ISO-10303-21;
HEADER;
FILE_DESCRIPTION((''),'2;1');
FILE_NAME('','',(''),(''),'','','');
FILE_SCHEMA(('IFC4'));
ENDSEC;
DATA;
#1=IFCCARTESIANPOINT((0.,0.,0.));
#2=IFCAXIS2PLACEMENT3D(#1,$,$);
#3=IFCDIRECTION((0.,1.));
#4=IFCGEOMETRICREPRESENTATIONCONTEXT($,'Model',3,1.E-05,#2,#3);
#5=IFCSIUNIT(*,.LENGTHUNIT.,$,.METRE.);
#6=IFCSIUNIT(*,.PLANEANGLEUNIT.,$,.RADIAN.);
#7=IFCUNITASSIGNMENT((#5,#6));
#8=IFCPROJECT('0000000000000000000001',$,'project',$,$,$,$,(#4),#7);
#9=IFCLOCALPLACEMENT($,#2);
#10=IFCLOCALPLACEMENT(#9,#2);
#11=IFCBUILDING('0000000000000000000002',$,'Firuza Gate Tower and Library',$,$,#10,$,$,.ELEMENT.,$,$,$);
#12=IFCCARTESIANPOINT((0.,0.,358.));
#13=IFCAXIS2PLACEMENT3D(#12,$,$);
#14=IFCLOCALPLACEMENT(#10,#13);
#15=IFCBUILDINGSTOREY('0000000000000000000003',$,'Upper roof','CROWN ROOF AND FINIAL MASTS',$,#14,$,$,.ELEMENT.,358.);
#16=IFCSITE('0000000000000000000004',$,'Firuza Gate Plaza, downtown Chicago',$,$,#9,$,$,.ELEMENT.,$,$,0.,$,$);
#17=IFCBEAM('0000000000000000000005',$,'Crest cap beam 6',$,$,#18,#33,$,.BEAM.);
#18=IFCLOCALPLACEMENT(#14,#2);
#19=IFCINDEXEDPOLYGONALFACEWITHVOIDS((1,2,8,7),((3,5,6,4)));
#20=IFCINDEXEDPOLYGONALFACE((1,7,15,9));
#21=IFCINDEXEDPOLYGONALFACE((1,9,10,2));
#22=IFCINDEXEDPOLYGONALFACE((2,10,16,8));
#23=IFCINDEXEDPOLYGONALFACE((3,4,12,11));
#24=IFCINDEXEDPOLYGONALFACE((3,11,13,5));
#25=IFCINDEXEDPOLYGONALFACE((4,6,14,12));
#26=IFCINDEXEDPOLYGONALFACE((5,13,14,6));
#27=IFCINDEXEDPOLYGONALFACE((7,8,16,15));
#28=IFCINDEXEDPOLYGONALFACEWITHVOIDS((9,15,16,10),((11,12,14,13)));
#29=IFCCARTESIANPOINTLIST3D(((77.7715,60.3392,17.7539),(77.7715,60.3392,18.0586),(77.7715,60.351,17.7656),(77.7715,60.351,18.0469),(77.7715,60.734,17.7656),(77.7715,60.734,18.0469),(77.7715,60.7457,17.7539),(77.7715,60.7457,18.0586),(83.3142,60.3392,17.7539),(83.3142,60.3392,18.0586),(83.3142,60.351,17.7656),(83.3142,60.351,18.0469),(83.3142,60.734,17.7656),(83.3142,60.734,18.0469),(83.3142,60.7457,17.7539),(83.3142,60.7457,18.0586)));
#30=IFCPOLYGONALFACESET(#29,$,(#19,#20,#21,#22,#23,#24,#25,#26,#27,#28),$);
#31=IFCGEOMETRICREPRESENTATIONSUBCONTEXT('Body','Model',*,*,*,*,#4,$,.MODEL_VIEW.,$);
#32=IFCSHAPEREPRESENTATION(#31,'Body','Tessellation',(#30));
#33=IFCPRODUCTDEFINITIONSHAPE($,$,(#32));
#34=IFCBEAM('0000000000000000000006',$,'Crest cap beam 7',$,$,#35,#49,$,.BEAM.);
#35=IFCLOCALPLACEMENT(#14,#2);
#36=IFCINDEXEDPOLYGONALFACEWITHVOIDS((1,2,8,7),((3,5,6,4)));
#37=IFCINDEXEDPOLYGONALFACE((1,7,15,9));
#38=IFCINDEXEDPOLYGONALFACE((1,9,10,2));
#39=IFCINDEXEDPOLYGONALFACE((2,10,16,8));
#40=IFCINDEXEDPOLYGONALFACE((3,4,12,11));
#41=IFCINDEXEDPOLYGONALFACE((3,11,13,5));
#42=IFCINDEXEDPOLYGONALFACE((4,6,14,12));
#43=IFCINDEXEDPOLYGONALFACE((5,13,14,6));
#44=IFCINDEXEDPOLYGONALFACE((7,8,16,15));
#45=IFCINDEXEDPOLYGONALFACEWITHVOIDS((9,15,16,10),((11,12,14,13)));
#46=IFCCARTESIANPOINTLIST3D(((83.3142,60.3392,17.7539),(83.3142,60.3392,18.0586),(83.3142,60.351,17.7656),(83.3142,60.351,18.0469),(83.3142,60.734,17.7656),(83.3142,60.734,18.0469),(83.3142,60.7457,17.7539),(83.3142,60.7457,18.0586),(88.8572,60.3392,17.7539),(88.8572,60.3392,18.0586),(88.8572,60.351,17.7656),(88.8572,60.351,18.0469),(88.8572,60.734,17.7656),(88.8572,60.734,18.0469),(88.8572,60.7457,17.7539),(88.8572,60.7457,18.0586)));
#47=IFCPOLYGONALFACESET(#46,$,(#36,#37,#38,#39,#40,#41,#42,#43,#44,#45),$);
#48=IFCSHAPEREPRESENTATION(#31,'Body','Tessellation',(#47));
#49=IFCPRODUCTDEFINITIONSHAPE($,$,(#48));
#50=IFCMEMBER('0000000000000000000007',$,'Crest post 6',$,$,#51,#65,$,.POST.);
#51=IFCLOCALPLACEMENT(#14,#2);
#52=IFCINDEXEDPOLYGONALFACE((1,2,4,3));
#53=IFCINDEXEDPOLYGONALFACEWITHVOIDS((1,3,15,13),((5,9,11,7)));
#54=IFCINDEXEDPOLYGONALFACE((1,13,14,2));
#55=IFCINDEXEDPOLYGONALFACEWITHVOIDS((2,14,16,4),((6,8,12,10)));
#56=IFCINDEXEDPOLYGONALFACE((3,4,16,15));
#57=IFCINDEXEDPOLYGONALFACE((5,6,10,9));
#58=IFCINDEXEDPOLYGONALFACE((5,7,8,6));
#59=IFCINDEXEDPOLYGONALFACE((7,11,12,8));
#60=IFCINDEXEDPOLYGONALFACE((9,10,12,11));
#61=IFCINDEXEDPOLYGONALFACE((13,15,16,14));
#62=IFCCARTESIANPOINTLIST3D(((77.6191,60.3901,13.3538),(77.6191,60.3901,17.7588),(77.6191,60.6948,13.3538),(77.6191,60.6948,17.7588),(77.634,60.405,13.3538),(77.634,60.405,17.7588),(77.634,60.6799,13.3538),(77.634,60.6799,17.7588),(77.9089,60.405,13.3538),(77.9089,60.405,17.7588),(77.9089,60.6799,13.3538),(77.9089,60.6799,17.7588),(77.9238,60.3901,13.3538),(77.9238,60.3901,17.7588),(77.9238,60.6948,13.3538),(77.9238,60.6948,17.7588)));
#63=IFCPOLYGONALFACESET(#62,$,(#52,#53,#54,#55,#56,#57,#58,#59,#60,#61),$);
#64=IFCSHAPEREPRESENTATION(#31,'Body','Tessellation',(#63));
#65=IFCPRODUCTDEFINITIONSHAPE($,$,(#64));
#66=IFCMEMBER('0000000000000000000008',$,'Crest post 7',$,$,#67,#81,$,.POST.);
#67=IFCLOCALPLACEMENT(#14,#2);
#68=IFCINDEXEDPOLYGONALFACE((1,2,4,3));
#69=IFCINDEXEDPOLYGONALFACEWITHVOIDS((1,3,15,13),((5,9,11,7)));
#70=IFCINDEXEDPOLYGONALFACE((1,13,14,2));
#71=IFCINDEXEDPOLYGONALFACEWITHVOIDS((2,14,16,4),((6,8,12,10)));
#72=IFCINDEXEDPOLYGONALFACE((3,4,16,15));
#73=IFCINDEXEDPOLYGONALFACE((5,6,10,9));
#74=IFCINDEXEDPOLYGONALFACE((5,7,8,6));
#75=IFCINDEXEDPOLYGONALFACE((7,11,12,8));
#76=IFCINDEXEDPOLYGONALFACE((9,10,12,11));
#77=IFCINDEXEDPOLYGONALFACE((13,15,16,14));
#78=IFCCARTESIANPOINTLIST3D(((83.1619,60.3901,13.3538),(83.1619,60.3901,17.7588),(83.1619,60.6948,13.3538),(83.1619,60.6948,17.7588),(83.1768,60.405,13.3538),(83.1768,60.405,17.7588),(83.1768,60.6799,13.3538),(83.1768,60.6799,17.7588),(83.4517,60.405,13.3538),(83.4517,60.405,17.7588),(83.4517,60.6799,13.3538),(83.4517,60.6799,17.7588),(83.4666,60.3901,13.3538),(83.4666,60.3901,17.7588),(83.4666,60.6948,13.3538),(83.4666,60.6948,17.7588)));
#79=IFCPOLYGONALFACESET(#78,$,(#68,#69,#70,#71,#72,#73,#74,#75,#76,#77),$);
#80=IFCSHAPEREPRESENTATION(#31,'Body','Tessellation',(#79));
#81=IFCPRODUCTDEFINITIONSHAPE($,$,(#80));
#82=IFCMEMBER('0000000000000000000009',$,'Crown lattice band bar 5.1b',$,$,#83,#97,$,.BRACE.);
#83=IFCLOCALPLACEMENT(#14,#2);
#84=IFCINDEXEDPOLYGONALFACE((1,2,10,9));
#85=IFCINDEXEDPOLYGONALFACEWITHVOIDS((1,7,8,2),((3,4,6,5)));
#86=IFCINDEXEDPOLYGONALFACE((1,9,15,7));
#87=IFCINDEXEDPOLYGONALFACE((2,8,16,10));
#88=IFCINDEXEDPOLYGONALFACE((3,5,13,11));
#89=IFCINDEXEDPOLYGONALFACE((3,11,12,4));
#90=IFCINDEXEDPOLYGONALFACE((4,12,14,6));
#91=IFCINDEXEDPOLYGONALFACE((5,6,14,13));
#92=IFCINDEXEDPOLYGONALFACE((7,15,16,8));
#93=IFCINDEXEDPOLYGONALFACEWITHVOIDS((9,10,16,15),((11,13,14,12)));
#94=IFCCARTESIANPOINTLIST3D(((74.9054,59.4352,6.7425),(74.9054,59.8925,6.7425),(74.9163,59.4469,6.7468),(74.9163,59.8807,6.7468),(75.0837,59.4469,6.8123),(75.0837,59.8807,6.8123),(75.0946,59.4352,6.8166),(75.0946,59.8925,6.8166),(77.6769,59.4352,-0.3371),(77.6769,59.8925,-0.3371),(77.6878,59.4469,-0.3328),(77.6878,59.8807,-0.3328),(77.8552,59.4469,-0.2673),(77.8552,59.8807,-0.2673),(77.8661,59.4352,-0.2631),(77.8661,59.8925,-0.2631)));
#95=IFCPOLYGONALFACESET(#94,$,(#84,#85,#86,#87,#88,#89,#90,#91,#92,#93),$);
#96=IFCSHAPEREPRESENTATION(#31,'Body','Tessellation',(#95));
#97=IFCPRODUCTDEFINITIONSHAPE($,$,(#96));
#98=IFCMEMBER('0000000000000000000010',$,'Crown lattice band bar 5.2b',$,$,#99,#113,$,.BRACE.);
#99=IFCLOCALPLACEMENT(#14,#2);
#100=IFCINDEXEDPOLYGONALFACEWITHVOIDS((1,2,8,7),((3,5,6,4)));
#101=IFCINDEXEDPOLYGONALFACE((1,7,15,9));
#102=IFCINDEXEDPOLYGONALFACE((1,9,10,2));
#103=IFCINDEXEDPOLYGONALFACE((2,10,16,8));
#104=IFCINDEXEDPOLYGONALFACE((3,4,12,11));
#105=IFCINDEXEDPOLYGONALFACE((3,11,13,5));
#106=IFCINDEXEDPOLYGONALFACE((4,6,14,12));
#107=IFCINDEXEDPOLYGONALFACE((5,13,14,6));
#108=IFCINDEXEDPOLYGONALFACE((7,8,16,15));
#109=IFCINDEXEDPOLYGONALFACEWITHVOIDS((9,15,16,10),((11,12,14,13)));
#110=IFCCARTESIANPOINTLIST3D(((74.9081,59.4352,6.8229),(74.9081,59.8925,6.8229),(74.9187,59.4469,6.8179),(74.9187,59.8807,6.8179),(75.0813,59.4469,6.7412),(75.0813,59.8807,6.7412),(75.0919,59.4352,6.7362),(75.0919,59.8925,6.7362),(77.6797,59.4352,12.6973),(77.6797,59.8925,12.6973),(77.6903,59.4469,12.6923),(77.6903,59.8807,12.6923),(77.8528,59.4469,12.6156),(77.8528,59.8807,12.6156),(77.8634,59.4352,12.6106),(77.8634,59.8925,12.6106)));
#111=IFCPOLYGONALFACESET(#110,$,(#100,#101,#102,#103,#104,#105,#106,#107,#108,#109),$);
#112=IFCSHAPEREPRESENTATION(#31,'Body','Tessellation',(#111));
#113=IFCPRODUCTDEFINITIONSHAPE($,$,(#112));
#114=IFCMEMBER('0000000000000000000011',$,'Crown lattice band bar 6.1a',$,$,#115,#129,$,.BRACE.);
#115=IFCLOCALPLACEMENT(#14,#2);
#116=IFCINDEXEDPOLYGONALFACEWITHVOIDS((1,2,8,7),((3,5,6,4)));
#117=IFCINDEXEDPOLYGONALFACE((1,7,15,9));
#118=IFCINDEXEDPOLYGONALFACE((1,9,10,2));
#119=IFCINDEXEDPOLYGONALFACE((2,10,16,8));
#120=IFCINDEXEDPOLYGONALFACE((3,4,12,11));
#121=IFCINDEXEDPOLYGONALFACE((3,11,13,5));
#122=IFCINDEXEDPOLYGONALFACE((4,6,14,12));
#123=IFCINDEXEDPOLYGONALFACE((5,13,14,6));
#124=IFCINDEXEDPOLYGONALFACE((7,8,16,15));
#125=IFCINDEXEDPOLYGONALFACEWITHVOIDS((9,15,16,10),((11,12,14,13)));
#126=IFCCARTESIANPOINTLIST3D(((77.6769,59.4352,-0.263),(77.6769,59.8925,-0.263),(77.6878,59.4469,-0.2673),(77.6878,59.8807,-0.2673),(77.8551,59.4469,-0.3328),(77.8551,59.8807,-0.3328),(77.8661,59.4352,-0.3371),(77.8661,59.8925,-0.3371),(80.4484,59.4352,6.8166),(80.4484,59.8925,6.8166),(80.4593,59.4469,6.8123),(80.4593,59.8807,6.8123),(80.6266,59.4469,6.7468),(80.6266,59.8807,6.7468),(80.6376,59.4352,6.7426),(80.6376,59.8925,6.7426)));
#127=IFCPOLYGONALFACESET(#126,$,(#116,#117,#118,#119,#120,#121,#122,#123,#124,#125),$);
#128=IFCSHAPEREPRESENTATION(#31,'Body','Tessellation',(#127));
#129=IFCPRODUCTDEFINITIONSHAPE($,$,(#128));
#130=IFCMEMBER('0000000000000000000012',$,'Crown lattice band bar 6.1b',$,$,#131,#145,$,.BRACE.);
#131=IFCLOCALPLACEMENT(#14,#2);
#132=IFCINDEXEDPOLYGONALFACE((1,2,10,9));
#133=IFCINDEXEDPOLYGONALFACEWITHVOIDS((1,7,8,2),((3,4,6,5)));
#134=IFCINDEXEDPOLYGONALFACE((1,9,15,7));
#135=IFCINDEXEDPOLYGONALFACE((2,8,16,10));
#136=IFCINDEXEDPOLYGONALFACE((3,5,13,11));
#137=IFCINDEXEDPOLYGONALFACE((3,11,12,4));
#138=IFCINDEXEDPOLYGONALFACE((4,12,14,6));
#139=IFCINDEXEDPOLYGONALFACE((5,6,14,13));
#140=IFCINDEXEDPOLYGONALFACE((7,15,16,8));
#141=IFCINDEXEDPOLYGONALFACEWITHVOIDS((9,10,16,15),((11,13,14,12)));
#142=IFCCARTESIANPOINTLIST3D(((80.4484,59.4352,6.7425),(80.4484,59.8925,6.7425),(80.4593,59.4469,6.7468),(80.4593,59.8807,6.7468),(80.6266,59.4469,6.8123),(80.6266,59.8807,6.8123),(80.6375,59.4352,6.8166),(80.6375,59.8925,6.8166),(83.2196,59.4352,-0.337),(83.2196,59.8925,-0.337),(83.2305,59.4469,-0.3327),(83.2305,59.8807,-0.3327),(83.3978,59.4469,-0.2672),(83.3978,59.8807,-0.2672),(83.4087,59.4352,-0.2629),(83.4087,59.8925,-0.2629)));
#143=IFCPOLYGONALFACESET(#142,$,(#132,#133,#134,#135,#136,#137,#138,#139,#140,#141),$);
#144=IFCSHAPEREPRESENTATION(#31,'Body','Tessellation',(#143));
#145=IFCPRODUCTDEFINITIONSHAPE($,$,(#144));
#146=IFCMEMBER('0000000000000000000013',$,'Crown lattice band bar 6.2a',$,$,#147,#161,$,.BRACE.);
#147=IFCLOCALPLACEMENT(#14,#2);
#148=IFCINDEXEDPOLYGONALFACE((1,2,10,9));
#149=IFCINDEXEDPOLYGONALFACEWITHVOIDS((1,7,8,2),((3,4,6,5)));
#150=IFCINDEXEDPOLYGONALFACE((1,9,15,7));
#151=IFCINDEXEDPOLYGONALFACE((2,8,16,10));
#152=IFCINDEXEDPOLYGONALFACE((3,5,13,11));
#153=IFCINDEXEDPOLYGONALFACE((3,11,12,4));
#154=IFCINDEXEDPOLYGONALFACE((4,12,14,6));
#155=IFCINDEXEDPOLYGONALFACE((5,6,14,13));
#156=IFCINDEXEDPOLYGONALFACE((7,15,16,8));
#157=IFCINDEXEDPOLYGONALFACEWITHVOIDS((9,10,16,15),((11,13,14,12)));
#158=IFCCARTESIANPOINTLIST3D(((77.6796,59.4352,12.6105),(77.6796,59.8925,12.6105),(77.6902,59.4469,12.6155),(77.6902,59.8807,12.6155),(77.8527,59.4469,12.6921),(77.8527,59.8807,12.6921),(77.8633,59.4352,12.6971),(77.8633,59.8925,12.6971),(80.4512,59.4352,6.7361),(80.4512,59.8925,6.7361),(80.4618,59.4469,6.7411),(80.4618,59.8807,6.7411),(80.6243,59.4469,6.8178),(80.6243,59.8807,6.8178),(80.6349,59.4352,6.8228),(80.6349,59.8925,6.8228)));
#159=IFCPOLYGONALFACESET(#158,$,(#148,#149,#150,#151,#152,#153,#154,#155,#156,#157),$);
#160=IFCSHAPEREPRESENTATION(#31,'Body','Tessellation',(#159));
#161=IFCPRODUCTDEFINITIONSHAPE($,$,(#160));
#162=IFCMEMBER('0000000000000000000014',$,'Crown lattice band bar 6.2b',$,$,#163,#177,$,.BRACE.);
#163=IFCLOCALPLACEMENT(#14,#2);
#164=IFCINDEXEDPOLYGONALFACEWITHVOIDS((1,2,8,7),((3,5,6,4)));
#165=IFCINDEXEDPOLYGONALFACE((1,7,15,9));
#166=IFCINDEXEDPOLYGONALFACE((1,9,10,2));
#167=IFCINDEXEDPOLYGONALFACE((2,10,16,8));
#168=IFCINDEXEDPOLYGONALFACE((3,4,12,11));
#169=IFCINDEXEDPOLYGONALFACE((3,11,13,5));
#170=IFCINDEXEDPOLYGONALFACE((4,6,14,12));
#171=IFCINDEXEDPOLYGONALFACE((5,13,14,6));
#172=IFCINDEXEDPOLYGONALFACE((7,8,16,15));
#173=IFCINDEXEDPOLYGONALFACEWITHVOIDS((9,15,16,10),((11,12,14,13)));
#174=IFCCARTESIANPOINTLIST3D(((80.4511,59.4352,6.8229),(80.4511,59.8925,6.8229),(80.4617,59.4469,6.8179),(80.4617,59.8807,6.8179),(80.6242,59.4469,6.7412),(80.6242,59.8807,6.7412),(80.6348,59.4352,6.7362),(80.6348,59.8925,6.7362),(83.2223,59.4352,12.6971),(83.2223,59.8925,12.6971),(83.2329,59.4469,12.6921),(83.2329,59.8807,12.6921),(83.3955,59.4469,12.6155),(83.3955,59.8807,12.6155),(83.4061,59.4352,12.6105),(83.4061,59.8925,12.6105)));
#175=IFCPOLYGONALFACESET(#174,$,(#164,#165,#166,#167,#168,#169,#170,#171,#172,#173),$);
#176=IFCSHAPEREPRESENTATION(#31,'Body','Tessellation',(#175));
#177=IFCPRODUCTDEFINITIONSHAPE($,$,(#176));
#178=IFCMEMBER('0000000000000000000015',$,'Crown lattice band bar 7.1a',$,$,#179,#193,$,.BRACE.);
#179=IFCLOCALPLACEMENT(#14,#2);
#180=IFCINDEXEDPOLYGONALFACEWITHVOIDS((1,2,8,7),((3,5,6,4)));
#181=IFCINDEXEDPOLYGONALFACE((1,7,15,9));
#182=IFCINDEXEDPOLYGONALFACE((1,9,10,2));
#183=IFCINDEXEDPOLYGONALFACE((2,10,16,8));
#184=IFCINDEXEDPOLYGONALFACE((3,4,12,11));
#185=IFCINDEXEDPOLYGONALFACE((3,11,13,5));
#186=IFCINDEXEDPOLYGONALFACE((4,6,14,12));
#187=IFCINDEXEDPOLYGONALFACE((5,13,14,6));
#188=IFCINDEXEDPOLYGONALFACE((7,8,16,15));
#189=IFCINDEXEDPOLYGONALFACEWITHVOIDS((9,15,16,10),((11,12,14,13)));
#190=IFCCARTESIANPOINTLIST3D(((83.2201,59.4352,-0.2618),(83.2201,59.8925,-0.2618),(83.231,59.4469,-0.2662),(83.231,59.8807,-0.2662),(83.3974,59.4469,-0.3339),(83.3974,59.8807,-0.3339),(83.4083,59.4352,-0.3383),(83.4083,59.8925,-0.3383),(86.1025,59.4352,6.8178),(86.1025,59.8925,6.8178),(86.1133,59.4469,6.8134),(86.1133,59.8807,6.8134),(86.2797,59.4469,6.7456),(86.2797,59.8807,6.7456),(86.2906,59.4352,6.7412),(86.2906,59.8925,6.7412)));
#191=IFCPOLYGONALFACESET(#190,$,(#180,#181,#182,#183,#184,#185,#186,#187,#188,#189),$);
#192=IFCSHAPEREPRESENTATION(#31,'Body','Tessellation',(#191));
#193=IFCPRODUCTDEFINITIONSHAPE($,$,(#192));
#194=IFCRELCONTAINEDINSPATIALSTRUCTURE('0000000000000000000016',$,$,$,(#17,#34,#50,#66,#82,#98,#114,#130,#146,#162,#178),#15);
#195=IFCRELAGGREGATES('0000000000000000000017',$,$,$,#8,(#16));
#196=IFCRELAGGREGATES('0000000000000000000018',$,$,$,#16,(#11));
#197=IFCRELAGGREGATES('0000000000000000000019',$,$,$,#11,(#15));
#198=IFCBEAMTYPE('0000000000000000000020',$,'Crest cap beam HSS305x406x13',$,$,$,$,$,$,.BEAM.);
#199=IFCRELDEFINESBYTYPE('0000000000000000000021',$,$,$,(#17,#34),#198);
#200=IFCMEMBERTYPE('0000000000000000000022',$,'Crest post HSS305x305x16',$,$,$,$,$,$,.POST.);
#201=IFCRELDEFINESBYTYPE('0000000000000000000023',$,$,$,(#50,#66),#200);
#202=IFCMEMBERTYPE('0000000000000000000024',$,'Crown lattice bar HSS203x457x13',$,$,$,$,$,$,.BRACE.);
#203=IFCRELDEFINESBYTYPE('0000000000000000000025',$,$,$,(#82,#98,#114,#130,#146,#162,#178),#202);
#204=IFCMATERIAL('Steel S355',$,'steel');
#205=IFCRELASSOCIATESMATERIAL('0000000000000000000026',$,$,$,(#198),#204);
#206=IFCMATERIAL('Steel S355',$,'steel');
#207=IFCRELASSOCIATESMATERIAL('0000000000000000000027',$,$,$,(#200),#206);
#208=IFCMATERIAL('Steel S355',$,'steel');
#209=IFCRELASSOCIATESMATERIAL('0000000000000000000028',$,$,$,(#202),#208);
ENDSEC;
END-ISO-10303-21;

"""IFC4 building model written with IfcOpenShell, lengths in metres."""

from ifc_helpers import new_model, si_unit, direction, frame, origin, origin_2d, place, context, subcontext, project, spatial, hollow_rectangle, extrude, material, material_profile, profile_set, type_object, element, save


model = new_model("IFC4")

# Units and contexts
model_context = context("Model", 3, precision=1e-05, world=origin(), true_north=direction((0.0, 1.0)))
body_context = subcontext(model_context, "Body", "Model", "MODEL_VIEW")
ifc_project = project(units=[si_unit("LENGTHUNIT", "METRE"), si_unit("PLANEANGLEUNIT", "RADIAN")], contexts=[model_context])

# Site, building, storey
site_placement = place(None, origin())
site = spatial("IfcSite", under=ifc_project, at=site_placement, Name="Firuza Gate Plaza, downtown Chicago", CompositionType="ELEMENT", RefElevation=0.0)
building_placement = place(site_placement, origin())
building = spatial("IfcBuilding", under=site, at=building_placement, Name="Firuza Gate Tower and Library", CompositionType="ELEMENT")
storey_placement = place(building_placement, frame((0.0, 0.0, 358.0)))
storey = spatial("IfcBuildingStorey", under=building, at=storey_placement, Name="Upper roof", Description="CROWN ROOF AND FINIAL MASTS", CompositionType="ELEMENT", Elevation=358.0)

# Beams
ifc_material_1 = material(Name="Steel S355", Category="steel")
ifc_material_profile_1 = material_profile(ifc_material_1, hollow_rectangle(XDim=0.4065, YDim=0.3047, WallThickness=0.0117, at=origin_2d()))
ifc_profile_set_1 = profile_set([ifc_material_profile_1], Name="Steel S355")
beam_type_1 = type_object("IfcBeamType", Name="Crest cap beam HSS305x406x13", PredefinedType="BEAM", material=ifc_profile_set_1)
beam_1_placement = place(storey_placement, frame((77.7715, 60.5425, 17.9062), z_axis=(1.0, 0.0, 0.0), x_axis=(0.0, 1.0, 0.0)))
element("IfcBeam", 1, at=beam_1_placement, inside=storey, type_object=beam_type_1, Name="Crest cap beam 6", PredefinedType="BEAM", context=body_context, shape_type="SweptSolid", body=[
    extrude(hollow_rectangle(XDim=0.4065, YDim=0.3047, WallThickness=0.0117, at=origin_2d()), origin(), (0.0, 0.0, 1.0), 5.5427),
])
beam_2_placement = place(storey_placement, frame((83.3142, 60.5425, 17.9062), z_axis=(1.0, 0.0, 0.0), x_axis=(0.0, 1.0, 0.0)))
element("IfcBeam", 2, at=beam_2_placement, inside=storey, type_object=beam_type_1, Name="Crest cap beam 7", PredefinedType="BEAM", context=body_context, shape_type="SweptSolid", body=[
    extrude(hollow_rectangle(XDim=0.4065, YDim=0.3047, WallThickness=0.0117, at=origin_2d()), origin(), (0.0, 0.0, 1.0), 5.543),
])

# Members
ifc_material_2 = material(Name="Steel S355", Category="steel")
ifc_material_profile_2 = material_profile(ifc_material_2, hollow_rectangle(XDim=0.3047, YDim=0.3047, WallThickness=0.0149, at=origin_2d()))
ifc_profile_set_2 = profile_set([ifc_material_profile_2], Name="Steel S355")
member_type_1 = type_object("IfcMemberType", Name="Crest post HSS305x305x16", PredefinedType="POST", material=ifc_profile_set_2)
for number, where, z_axis, x_axis, name in (
    (3, (77.7715, 60.5425, 13.3538), (0.0, 0.0, 1.0), (1.0, 0.0, 0.0), "Crest post 6"),
    (4, (83.3142, 60.5425, 13.3538), (0.0, 0.0, 1.0), (1.0, 0.0, 0.0), "Crest post 7"),
):
    element("IfcMember", number, at=place(storey_placement, frame(where, z_axis=z_axis, x_axis=x_axis)), inside=storey, type_object=member_type_1, Name=name, PredefinedType="POST", context=body_context, shape_type="SweptSolid", body=[
        extrude(hollow_rectangle(XDim=0.3047, YDim=0.3047, WallThickness=0.0149, at=origin_2d()), origin(), (0.0, 0.0, 1.0), 4.405),
    ])
ifc_material_3 = material(Name="Steel S355", Category="steel")
ifc_material_profile_3 = material_profile(ifc_material_3, hollow_rectangle(XDim=0.4573, YDim=0.2031, WallThickness=0.0117, at=origin_2d()))
ifc_profile_set_3 = profile_set([ifc_material_profile_3], Name="Steel S355")
member_type_2 = type_object("IfcMemberType", Name="Crown lattice bar HSS203x457x13", PredefinedType="BRACE", material=ifc_profile_set_3)
member_1_placement = place(storey_placement, frame((75.0, 59.6638, 6.7795), z_axis=(0.364537, 0.0, -0.931189), x_axis=(0.0, 1.0, 0.0)))
element("IfcMember", 5, at=member_1_placement, inside=storey, type_object=member_type_2, Name="Crown lattice band bar 5.1b", PredefinedType="BRACE", context=body_context, shape_type="SweptSolid", body=[
    extrude(hollow_rectangle(XDim=0.4573, YDim=0.2031, WallThickness=0.0117, at=origin_2d()), origin(), (0.0, 0.0, 1.0), 7.6028),
])
member_2_placement = place(storey_placement, frame((75.0, 59.6638, 6.7795), z_axis=(0.426695, 0.0, 0.904396), x_axis=(0.0, 1.0, 0.0)))
element("IfcMember", 6, at=member_2_placement, inside=storey, type_object=member_type_2, Name="Crown lattice band bar 5.2b", PredefinedType="BRACE", context=body_context, shape_type="SweptSolid", body=[
    extrude(hollow_rectangle(XDim=0.4573, YDim=0.2031, WallThickness=0.0117, at=origin_2d()), origin(), (0.0, 0.0, 1.0), 6.4954),
])
member_3_placement = place(storey_placement, frame((77.7715, 59.6638, -0.3), z_axis=(0.364537, 0.0, 0.931189), x_axis=(0.0, 1.0, 0.0)))
element("IfcMember", 7, at=member_3_placement, inside=storey, type_object=member_type_2, Name="Crown lattice band bar 6.1a", PredefinedType="BRACE", context=body_context, shape_type="SweptSolid", body=[
    extrude(hollow_rectangle(XDim=0.4573, YDim=0.2031, WallThickness=0.0117, at=origin_2d()), origin(), (0.0, 0.0, 1.0), 7.6028),
])
member_4_placement = place(storey_placement, frame((80.543, 59.6638, 6.7795), z_axis=(0.36451, 0.0, -0.9312), x_axis=(0.0, 1.0, 0.0)))
element("IfcMember", 8, at=member_4_placement, inside=storey, type_object=member_type_2, Name="Crown lattice band bar 6.1b", PredefinedType="BRACE", context=body_context, shape_type="SweptSolid", body=[
    extrude(hollow_rectangle(XDim=0.4573, YDim=0.2031, WallThickness=0.0117, at=origin_2d()), origin(), (0.0, 0.0, 1.0), 7.6025),
])
member_5_placement = place(storey_placement, frame((77.7715, 59.6638, 12.6538), z_axis=(0.426695, 0.0, -0.904396), x_axis=(0.0, 1.0, 0.0)))
element("IfcMember", 9, at=member_5_placement, inside=storey, type_object=member_type_2, Name="Crown lattice band bar 6.2a", PredefinedType="BRACE", context=body_context, shape_type="SweptSolid", body=[
    extrude(hollow_rectangle(XDim=0.4573, YDim=0.2031, WallThickness=0.0117, at=origin_2d()), origin(), (0.0, 0.0, 1.0), 6.4954),
])
member_6_placement = place(storey_placement, frame((80.543, 59.6638, 6.7795), z_axis=(0.426664, 0.0, 0.90441), x_axis=(0.0, 1.0, 0.0)))
element("IfcMember", 10, at=member_6_placement, inside=storey, type_object=member_type_2, Name="Crown lattice band bar 6.2b", PredefinedType="BRACE", context=body_context, shape_type="SweptSolid", body=[
    extrude(hollow_rectangle(XDim=0.4573, YDim=0.2031, WallThickness=0.0117, at=origin_2d()), origin(), (0.0, 0.0, 1.0), 6.4951),
])
for number, where, z_axis, x_axis, name in (
    (11, (83.3142, 59.6638, -0.3), (0.377078, 0.0, 0.926182), (0.0, 1.0, 0.0), "Crown lattice band bar 7.1a"),
):
    element("IfcMember", number, at=place(storey_placement, frame(where, z_axis=z_axis, x_axis=x_axis)), inside=storey, type_object=member_type_2, Name=name, PredefinedType="BRACE", context=body_context, shape_type="SweptSolid", body=[
        extrude(hollow_rectangle(XDim=0.4573, YDim=0.2031, WallThickness=0.0117, at=origin_2d()), origin(), (0.0, 0.0, 1.0), 7.6438),
    ])

save(model, "model.ifc")
